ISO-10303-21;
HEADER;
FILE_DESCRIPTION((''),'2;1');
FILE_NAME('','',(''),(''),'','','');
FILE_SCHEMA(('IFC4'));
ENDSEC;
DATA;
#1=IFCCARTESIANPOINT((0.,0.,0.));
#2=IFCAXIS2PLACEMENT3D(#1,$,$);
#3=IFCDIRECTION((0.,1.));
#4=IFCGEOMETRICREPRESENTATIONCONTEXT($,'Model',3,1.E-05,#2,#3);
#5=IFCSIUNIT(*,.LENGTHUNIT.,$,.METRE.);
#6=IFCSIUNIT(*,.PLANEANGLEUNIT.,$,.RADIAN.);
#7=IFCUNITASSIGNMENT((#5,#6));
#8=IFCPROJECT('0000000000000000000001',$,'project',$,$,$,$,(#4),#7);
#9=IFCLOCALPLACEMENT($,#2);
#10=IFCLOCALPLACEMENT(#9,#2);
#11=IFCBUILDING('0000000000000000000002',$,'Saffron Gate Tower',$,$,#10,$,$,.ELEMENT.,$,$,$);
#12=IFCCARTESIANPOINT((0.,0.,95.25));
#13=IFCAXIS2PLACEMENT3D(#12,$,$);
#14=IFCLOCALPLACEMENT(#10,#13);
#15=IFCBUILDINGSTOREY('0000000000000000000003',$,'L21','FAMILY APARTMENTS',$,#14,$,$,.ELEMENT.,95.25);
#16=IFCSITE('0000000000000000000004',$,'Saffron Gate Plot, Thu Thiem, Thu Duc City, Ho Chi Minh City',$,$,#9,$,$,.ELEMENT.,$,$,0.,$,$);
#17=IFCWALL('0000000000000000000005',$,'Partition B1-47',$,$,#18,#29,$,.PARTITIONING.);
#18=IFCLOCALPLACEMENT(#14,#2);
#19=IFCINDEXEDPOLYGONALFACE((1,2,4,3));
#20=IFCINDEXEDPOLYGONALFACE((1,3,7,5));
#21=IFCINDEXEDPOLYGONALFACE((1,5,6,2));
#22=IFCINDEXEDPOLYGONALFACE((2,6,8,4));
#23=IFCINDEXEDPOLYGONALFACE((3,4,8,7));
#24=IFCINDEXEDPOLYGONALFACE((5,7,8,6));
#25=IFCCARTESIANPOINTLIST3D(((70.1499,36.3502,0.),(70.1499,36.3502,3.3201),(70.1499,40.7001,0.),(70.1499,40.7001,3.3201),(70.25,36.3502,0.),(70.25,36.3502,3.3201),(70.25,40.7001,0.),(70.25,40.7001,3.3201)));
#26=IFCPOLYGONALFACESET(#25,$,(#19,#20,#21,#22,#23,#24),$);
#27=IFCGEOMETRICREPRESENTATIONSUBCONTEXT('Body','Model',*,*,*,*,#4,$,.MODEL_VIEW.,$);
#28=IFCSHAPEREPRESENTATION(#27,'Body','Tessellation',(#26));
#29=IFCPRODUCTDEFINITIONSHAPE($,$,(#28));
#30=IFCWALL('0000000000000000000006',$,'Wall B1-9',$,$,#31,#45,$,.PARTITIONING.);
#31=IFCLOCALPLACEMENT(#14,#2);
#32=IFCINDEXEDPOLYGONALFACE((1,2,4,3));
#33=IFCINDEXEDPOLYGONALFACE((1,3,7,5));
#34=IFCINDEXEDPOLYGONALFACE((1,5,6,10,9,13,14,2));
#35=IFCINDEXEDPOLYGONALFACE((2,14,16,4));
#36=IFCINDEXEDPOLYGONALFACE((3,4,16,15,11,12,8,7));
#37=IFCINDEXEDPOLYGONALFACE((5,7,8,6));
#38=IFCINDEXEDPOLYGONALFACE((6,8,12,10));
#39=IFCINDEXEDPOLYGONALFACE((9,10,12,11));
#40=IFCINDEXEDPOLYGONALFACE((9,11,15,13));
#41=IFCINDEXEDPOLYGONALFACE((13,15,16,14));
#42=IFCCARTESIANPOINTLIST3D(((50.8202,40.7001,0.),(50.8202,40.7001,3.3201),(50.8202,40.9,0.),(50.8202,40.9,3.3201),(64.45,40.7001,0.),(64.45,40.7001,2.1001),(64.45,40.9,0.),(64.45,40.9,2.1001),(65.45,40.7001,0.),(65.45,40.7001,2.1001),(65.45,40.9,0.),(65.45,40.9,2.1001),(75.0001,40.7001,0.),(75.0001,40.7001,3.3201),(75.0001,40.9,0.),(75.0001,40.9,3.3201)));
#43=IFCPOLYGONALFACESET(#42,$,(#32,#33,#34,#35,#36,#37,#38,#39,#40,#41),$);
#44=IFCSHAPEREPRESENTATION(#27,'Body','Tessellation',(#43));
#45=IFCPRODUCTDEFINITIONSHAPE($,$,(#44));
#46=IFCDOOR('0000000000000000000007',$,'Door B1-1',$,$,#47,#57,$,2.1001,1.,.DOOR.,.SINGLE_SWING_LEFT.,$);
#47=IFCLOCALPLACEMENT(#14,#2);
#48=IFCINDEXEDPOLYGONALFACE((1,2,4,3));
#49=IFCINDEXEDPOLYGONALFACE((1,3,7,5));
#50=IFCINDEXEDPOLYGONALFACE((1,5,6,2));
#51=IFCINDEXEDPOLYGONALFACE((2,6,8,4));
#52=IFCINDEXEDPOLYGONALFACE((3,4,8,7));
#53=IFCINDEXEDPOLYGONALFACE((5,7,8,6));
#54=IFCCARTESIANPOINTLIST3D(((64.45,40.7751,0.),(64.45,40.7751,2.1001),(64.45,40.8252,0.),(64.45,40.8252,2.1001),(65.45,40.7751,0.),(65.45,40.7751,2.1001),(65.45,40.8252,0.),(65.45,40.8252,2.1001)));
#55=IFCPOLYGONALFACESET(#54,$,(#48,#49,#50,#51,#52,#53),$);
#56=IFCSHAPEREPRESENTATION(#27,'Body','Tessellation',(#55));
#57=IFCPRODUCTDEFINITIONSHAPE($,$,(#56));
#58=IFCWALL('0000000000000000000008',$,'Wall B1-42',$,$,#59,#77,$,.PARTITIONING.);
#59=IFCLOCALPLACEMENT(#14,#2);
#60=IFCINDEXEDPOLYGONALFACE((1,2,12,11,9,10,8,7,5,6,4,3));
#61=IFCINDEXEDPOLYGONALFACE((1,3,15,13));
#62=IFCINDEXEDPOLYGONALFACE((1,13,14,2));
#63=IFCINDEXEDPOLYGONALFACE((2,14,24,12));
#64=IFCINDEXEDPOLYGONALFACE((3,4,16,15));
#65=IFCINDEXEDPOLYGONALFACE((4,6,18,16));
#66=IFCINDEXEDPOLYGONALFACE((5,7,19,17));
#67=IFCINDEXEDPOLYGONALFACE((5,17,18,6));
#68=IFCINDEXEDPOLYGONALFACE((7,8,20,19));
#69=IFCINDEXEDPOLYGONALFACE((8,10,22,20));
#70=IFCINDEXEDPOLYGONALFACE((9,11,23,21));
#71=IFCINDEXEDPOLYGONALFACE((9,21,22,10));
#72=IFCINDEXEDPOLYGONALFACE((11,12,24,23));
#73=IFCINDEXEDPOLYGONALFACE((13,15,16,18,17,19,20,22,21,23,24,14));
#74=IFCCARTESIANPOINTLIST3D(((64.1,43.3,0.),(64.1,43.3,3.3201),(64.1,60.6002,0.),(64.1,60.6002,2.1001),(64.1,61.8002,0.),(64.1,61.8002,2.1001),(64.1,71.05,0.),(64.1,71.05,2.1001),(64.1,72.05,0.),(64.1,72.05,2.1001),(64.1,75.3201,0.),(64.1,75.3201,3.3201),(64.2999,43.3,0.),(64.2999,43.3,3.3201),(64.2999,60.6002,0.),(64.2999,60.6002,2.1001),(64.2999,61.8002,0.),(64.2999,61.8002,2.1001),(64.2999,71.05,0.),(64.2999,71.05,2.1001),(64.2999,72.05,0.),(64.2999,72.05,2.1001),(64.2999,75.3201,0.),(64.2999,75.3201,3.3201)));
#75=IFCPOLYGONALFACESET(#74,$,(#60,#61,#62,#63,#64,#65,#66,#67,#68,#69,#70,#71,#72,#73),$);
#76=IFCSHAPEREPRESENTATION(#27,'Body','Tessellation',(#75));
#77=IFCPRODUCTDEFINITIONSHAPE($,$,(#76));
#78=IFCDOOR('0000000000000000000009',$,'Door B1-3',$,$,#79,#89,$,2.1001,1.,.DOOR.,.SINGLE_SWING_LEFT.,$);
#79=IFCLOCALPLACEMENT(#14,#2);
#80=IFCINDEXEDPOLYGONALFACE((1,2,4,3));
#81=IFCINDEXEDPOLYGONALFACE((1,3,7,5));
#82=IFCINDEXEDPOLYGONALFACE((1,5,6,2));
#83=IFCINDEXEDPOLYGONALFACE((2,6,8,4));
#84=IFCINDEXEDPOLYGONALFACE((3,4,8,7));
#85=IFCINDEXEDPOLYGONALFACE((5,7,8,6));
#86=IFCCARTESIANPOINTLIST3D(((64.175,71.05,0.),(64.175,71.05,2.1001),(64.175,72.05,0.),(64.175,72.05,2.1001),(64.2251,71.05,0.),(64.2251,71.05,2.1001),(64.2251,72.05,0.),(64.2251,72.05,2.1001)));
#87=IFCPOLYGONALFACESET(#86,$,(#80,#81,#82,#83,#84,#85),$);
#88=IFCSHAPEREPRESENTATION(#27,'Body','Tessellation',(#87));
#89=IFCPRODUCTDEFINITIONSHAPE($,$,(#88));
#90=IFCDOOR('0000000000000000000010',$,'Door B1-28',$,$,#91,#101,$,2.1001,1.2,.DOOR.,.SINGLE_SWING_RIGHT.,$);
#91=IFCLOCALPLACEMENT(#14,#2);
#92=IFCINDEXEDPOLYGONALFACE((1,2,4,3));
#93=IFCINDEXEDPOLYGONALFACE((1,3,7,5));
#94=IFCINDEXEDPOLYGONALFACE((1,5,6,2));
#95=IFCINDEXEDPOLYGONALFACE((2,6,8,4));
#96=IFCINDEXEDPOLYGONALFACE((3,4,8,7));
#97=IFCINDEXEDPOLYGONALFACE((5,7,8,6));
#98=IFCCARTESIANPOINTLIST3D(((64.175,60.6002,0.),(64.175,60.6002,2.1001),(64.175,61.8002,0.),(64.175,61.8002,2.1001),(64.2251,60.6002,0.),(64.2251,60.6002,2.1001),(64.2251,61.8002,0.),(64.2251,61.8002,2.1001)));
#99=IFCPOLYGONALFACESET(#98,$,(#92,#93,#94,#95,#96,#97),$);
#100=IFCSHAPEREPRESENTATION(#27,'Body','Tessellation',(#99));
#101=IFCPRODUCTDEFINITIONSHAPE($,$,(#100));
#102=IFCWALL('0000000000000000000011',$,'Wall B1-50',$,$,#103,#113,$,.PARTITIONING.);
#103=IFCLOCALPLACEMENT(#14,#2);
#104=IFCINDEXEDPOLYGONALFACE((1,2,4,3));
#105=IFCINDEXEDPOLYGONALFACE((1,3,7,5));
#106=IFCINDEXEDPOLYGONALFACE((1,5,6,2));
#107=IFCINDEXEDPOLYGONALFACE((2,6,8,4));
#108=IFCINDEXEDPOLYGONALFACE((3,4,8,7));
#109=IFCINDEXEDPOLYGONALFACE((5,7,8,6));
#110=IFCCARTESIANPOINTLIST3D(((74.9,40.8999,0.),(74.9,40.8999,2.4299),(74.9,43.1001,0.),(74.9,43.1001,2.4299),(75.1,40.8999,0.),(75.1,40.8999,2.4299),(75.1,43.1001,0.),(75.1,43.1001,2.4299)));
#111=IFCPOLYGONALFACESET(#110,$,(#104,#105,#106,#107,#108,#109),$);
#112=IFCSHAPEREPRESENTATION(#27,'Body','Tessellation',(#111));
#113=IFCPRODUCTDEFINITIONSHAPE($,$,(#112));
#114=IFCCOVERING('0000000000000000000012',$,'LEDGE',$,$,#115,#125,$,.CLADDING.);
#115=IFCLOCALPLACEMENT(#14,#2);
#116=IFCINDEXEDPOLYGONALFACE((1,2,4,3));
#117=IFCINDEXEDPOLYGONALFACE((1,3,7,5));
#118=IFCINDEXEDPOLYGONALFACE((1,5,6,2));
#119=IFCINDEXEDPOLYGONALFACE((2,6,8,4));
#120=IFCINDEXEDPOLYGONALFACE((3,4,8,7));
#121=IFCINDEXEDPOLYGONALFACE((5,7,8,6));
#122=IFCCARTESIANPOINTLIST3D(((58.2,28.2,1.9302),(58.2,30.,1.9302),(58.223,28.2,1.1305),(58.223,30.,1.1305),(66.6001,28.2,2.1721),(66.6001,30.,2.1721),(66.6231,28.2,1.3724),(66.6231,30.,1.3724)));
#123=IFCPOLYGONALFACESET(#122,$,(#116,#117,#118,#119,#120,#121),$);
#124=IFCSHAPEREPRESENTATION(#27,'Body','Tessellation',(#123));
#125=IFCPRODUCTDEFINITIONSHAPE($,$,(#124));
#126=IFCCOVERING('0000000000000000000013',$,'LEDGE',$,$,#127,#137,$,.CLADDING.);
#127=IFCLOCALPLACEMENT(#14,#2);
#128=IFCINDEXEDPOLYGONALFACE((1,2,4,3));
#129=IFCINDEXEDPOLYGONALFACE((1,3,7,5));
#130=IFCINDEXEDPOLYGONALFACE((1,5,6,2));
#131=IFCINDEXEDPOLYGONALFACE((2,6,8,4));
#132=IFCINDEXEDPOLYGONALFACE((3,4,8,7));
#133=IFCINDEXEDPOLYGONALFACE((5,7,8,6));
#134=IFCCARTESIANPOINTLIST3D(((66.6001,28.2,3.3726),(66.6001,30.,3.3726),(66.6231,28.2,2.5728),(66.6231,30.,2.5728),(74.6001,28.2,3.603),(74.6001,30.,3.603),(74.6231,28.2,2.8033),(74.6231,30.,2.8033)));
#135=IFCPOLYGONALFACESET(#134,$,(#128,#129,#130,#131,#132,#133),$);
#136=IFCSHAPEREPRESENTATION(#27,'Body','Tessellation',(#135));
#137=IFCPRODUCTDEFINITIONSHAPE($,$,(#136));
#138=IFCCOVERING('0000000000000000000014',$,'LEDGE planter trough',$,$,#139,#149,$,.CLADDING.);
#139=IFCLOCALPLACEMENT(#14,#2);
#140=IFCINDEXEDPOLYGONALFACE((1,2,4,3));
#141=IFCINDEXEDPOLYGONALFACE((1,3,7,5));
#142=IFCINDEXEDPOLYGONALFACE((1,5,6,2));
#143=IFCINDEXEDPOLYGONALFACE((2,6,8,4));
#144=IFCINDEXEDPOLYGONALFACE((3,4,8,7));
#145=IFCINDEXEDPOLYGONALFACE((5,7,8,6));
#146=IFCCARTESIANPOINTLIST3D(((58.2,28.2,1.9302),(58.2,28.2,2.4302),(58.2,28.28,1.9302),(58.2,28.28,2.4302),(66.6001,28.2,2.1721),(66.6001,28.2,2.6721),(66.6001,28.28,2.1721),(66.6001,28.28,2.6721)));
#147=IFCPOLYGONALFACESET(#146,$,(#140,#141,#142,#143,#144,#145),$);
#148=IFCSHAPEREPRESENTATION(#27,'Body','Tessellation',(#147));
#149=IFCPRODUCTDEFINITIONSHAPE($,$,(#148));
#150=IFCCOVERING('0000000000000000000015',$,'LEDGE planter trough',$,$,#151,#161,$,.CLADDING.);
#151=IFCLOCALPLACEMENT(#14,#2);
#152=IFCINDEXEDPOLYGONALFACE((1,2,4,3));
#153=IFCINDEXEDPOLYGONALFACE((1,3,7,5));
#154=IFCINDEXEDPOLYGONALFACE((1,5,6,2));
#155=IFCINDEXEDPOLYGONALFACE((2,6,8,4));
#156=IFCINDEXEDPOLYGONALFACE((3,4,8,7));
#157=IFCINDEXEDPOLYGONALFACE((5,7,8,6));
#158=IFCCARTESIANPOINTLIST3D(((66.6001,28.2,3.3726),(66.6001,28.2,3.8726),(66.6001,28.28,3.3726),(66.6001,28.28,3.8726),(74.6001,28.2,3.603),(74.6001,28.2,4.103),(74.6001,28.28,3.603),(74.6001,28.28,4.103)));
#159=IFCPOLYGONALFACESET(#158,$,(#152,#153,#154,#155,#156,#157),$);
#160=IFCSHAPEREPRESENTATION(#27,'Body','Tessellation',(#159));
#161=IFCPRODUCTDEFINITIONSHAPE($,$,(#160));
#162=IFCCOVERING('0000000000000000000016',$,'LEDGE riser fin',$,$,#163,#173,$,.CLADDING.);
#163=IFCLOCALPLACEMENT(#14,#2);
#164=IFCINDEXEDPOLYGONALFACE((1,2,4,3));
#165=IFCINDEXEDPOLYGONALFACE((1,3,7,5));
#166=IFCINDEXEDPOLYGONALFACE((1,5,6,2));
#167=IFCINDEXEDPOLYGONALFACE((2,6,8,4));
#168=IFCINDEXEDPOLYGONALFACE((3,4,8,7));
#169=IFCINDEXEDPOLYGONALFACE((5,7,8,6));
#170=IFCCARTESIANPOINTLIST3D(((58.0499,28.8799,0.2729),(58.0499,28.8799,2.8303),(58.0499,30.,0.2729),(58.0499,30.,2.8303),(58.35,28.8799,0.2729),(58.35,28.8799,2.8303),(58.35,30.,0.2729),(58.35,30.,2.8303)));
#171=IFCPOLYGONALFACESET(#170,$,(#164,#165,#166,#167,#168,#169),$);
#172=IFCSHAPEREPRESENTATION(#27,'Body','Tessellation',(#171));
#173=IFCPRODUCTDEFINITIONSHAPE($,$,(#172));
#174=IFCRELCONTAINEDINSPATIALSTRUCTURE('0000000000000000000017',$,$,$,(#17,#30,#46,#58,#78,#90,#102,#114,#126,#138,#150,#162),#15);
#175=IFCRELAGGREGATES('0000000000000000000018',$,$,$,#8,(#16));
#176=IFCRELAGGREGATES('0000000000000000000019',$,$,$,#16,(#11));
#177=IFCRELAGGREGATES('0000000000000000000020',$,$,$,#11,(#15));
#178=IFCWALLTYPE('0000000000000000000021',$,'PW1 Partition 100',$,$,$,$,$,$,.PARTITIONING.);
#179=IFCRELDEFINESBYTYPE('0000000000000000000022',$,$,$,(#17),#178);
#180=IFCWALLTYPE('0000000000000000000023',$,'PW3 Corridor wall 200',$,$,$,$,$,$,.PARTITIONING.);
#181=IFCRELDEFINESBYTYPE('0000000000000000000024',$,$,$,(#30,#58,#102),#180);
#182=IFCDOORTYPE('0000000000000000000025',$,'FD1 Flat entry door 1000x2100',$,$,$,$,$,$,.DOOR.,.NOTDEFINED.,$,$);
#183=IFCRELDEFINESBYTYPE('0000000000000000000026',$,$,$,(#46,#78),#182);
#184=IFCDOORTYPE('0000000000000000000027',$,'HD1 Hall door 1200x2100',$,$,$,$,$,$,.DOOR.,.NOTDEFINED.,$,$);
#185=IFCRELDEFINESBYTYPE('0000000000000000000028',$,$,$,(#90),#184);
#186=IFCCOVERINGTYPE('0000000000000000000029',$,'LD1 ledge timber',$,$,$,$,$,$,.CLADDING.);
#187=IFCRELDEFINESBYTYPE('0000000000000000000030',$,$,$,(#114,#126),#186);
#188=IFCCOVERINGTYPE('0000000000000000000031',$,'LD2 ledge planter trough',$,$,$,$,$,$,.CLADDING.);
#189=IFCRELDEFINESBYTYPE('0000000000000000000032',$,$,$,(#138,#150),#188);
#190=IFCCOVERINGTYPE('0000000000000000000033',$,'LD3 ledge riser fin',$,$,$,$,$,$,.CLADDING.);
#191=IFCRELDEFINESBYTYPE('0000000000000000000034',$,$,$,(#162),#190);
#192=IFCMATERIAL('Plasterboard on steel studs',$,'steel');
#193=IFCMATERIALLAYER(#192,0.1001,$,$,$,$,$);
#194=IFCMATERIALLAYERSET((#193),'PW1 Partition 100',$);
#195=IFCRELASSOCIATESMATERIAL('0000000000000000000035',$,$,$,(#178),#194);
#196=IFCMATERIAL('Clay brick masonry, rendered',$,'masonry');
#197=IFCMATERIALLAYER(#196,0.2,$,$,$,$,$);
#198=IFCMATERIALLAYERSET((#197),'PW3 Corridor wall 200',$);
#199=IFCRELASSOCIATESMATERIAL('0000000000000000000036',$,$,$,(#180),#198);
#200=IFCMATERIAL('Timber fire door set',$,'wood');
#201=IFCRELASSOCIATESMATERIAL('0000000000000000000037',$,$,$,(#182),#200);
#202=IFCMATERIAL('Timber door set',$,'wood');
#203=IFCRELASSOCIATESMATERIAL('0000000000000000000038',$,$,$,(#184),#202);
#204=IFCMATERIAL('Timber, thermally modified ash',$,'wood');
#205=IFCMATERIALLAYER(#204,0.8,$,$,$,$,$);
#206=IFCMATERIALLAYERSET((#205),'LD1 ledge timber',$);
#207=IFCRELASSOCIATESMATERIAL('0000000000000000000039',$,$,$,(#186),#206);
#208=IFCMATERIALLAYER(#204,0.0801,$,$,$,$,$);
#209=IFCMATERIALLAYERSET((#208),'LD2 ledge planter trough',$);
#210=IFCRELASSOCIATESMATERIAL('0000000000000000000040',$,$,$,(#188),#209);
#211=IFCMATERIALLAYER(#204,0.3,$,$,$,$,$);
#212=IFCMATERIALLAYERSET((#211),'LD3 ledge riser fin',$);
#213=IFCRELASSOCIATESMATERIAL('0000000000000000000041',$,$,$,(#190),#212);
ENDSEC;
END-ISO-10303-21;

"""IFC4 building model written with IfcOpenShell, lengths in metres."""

from ifc_helpers import new_model, si_unit, direction, frame, frame_2d, origin, origin_2d, place, context, subcontext, project, spatial, polyline, rectangle, outline, extrude, material, layer, layer_set, type_object, element, fill, save


model = new_model("IFC4")

# Units and contexts
model_context = context("Model", 3, precision=1e-05, world=origin(), true_north=direction((0.0, 1.0)))
body_context = subcontext(model_context, "Body", "Model", "MODEL_VIEW")
ifc_project = project(units=[si_unit("LENGTHUNIT", "METRE"), si_unit("PLANEANGLEUNIT", "RADIAN")], contexts=[model_context])

# Site, building, storey
site_placement = place(None, origin())
site = spatial("IfcSite", under=ifc_project, at=site_placement, Name="Saffron Gate Plot, Thu Thiem, Thu Duc City, Ho Chi Minh City", CompositionType="ELEMENT", RefElevation=0.0)
building_placement = place(site_placement, origin())
building = spatial("IfcBuilding", under=site, at=building_placement, Name="Saffron Gate Tower", CompositionType="ELEMENT")
storey_placement = place(building_placement, frame((0.0, 0.0, 95.25)))
storey = spatial("IfcBuildingStorey", under=building, at=storey_placement, Name="L21", Description="FAMILY APARTMENTS", CompositionType="ELEMENT", Elevation=95.25)

# Shared definitions
ifc_material_1 = material(Name="Plasterboard on steel studs", Category="steel")
ifc_layer_1 = layer(ifc_material_1, 0.1001)
ifc_layer_set_1 = layer_set([ifc_layer_1], Name="PW1 Partition 100")
wall_type_1 = type_object("IfcWallType", Name="PW1 Partition 100", PredefinedType="PARTITIONING", material=ifc_layer_set_1)

# Shared definitions
ifc_material_2 = material(Name="Timber door set", Category="wood")

# Wall
wall_1_placement = place(storey_placement, frame((70.2, 40.7, 0.0), z_axis=(0.0, 0.0, 1.0), x_axis=(0.0, -1.0, 0.0)))
element("IfcWall", 1, at=wall_1_placement, inside=storey, type_object=wall_type_1, Name="Partition B1-47", PredefinedType="PARTITIONING", context=body_context, shape_type="SweptSolid", body=[
    extrude(rectangle(XDim=4.3499, YDim=0.1001, at=frame_2d((2.1748, 0.0))), origin(), (0.0, 0.0, 1.0), 3.3201),
])

# Wall, opening, door
ifc_material_3 = material(Name="Clay brick masonry, rendered", Category="masonry")
ifc_layer_2 = layer(ifc_material_3, 0.2)
ifc_layer_set_2 = layer_set([ifc_layer_2], Name="PW3 Corridor wall 200")
wall_type_2 = type_object("IfcWallType", Name="PW3 Corridor wall 200", PredefinedType="PARTITIONING", material=ifc_layer_set_2)
wall_2_placement = place(storey_placement, frame((75.0, 40.8, 0.0), z_axis=(0.0, 0.0, 1.0), x_axis=(-1.0, 0.0, 0.0)))
wall_2 = element("IfcWall", 2, at=wall_2_placement, inside=storey, type_object=wall_type_2, Name="Wall B1-9", PredefinedType="PARTITIONING", context=body_context, shape_type="SweptSolid", body=[
    extrude(rectangle(XDim=24.1799, YDim=0.2, at=frame_2d((12.0898, 0.0))), origin(), (0.0, 0.0, 1.0), 3.3201),
])
opening_1_placement = place(wall_2_placement, frame((9.55, 0.0, 0.0)))
opening_1 = element("IfcOpeningElement", 3, at=opening_1_placement, cuts=wall_2, PredefinedType="OPENING", context=body_context, shape_type="SweptSolid", body=[
    extrude(rectangle(XDim=1.0, YDim=2.1001, at=frame_2d((0.5, 1.05))), frame((0.0, 0.1099, 0.0), z_axis=(0.0, -1.0, 0.0), x_axis=(1.0, 0.0, 0.0)), (0.0, 0.0, 1.0), 0.22),
])
ifc_material_4 = material(Name="Timber fire door set", Category="wood")
door_type_1 = type_object("IfcDoorType", Name="FD1 Flat entry door 1000x2100", OperationType="NOTDEFINED", PredefinedType="DOOR", material=ifc_material_4)
door_1_placement = place(opening_1_placement, origin())
door_1 = element("IfcDoor", 4, at=door_1_placement, inside=storey, type_object=door_type_1, Name="Door B1-1", OperationType="SINGLE_SWING_LEFT", OverallHeight=2.1001, OverallWidth=1.0, PredefinedType="DOOR", context=body_context, shape_type="SweptSolid", body=[
    extrude(rectangle(XDim=1.0, YDim=2.1001, at=frame_2d((0.5, 1.05))), frame((0.0, 0.0249, 0.0), z_axis=(0.0, -1.0, 0.0), x_axis=(1.0, 0.0, 0.0)), (0.0, 0.0, 1.0), 0.05),
])
fill(opening_1, door_1)

# Wall, openings, doors
wall_3_placement = place(storey_placement, frame((64.2, 43.3, 0.0), z_axis=(0.0, 0.0, 1.0), x_axis=(0.0, 1.0, 0.0)))
wall_3 = element("IfcWall", 5, at=wall_3_placement, inside=storey, type_object=wall_type_2, Name="Wall B1-42", PredefinedType="PARTITIONING", context=body_context, shape_type="SweptSolid", body=[
    extrude(rectangle(XDim=32.02, YDim=0.2, at=frame_2d((16.01, 0.0))), origin(), (0.0, 0.0, 1.0), 3.3201),
])
opening_2_placement = place(wall_3_placement, frame((17.3, 0.0, 0.0)))
opening_2 = element("IfcOpeningElement", 6, at=opening_2_placement, cuts=wall_3, PredefinedType="OPENING", context=body_context, shape_type="SweptSolid", body=[
    extrude(rectangle(XDim=1.2, YDim=2.1001, at=frame_2d((0.6001, 1.05))), frame((0.0, 0.1099, 0.0), z_axis=(0.0, -1.0, 0.0), x_axis=(1.0, 0.0, 0.0)), (0.0, 0.0, 1.0), 0.22),
])
opening_3_placement = place(wall_3_placement, frame((27.75, 0.0, 0.0)))
opening_3 = element("IfcOpeningElement", 7, at=opening_3_placement, cuts=wall_3, PredefinedType="OPENING", context=body_context, shape_type="SweptSolid", body=[
    extrude(rectangle(XDim=1.0, YDim=2.1001, at=frame_2d((0.5, 1.05))), frame((0.0, 0.1099, 0.0), z_axis=(0.0, -1.0, 0.0), x_axis=(1.0, 0.0, 0.0)), (0.0, 0.0, 1.0), 0.22),
])
door_2_placement = place(opening_3_placement, origin())
door_2 = element("IfcDoor", 8, at=door_2_placement, inside=storey, type_object=door_type_1, Name="Door B1-3", OperationType="SINGLE_SWING_LEFT", OverallHeight=2.1001, OverallWidth=1.0, PredefinedType="DOOR", context=body_context, shape_type="SweptSolid", body=[
    extrude(rectangle(XDim=1.0, YDim=2.1001, at=frame_2d((0.5, 1.05))), frame((0.0, 0.0249, 0.0), z_axis=(0.0, -1.0, 0.0), x_axis=(1.0, 0.0, 0.0)), (0.0, 0.0, 1.0), 0.05),
])
fill(opening_3, door_2)
door_type_2 = type_object("IfcDoorType", Name="HD1 Hall door 1200x2100", OperationType="NOTDEFINED", PredefinedType="DOOR", material=ifc_material_2)
door_3_placement = place(opening_2_placement, origin())
door_3 = element("IfcDoor", 9, at=door_3_placement, inside=storey, type_object=door_type_2, Name="Door B1-28", OperationType="SINGLE_SWING_RIGHT", OverallHeight=2.1001, OverallWidth=1.2, PredefinedType="DOOR", context=body_context, shape_type="SweptSolid", body=[
    extrude(rectangle(XDim=1.2, YDim=2.1001, at=frame_2d((0.6001, 1.05))), frame((0.0, 0.0249, 0.0), z_axis=(0.0, -1.0, 0.0), x_axis=(1.0, 0.0, 0.0)), (0.0, 0.0, 1.0), 0.05),
])
fill(opening_2, door_3)

# Wall
wall_4_placement = place(storey_placement, frame((75.0, 43.1001, 0.0), z_axis=(0.0, 0.0, 1.0), x_axis=(0.0, -1.0, 0.0)))
element("IfcWall", 10, at=wall_4_placement, inside=storey, type_object=wall_type_2, Name="Wall B1-50", PredefinedType="PARTITIONING", context=body_context, shape_type="SweptSolid", body=[
    extrude(rectangle(XDim=2.2002, YDim=0.2, at=frame_2d((1.1001, 0.0))), origin(), (0.0, 0.0, 1.0), 2.4299),
])

# Coverings
ifc_material_5 = material(Name="Timber, thermally modified ash", Category="wood")
ifc_layer_3 = layer(ifc_material_5, 0.8)
ifc_layer_set_3 = layer_set([ifc_layer_3], Name="LD1 ledge timber")
covering_type_1 = type_object("IfcCoveringType", Name="LD1 ledge timber", PredefinedType="CLADDING", material=ifc_layer_set_3)
covering_1_placement = place(storey_placement, frame((58.2, 30.0, 1.9302), z_axis=(-0.02879, 0.0, 0.999585), x_axis=(0.999585, 0.0, 0.02879)))
element("IfcCovering", 11, at=covering_1_placement, inside=storey, type_object=covering_type_1, Name="LEDGE", PredefinedType="CLADDING", context=body_context, shape_type="SweptSolid", body=[
    extrude(outline(polyline([(0.0, 0.0), (8.4036, 0.0), (8.4036, -1.8), (0.0, -1.8), (0.0, 0.0)])), origin(), (0.0, 0.0, -1.0), 0.8),
])
covering_2_placement = place(storey_placement, frame((66.6001, 30.0, 3.3726), z_axis=(-0.028797, 0.0, 0.999585), x_axis=(0.999585, 0.0, 0.028797)))
element("IfcCovering", 12, at=covering_2_placement, inside=storey, type_object=covering_type_1, Name="LEDGE", PredefinedType="CLADDING", context=body_context, shape_type="SweptSolid", body=[
    extrude(outline(polyline([(0.0, 0.0), (8.0033, 0.0), (8.0033, -1.8), (0.0, -1.8), (0.0, 0.0)])), origin(), (0.0, 0.0, -1.0), 0.8),
])
ifc_layer_4 = layer(ifc_material_5, 0.0801)
ifc_layer_set_4 = layer_set([ifc_layer_4], Name="LD2 ledge planter trough")
covering_type_2 = type_object("IfcCoveringType", Name="LD2 ledge planter trough", PredefinedType="CLADDING", material=ifc_layer_set_4)
covering_3_placement = place(storey_placement, frame((58.2, 28.2, 1.9302), z_axis=(0.0, -1.0, 0.0), x_axis=(0.999585, 0.0, 0.02879)))
element("IfcCovering", 13, at=covering_3_placement, inside=storey, type_object=covering_type_2, Name="LEDGE planter trough", PredefinedType="CLADDING", context=body_context, shape_type="SweptSolid", body=[
    extrude(outline(polyline([(0.0, 0.0), (8.4036, 0.0), (8.418, 0.4998), (0.0144, 0.4998), (0.0, 0.0)])), origin(), (0.0, 0.0, -1.0), 0.0801),
])
covering_4_placement = place(storey_placement, frame((66.6001, 28.2, 3.3726), z_axis=(0.0, -1.0, 0.0), x_axis=(0.999585, 0.0, 0.028797)))
element("IfcCovering", 14, at=covering_4_placement, inside=storey, type_object=covering_type_2, Name="LEDGE planter trough", PredefinedType="CLADDING", context=body_context, shape_type="SweptSolid", body=[
    extrude(outline(polyline([(0.0, 0.0), (8.0033, 0.0), (8.0177, 0.4998), (0.0144, 0.4998), (0.0, 0.0)])), origin(), (0.0, 0.0, -1.0), 0.0801),
])
ifc_layer_5 = layer(ifc_material_5, 0.3)
ifc_layer_set_5 = layer_set([ifc_layer_5], Name="LD3 ledge riser fin")
covering_type_3 = type_object("IfcCoveringType", Name="LD3 ledge riser fin", PredefinedType="CLADDING", material=ifc_layer_set_5)
covering_5_placement = place(storey_placement, frame((58.2, 29.4399, 0.2729), z_axis=(0.0, 0.0, 1.0), x_axis=(1.0, 0.0, 0.0)))
element("IfcCovering", 15, at=covering_5_placement, inside=storey, type_object=covering_type_3, Name="LEDGE riser fin", PredefinedType="CLADDING", context=body_context, shape_type="SweptSolid", body=[
    extrude(rectangle(XDim=0.3, YDim=1.1201, at=origin_2d()), origin(), (0.0, 0.0, 1.0), 2.5574),
])

save(model, "model.ifc")
